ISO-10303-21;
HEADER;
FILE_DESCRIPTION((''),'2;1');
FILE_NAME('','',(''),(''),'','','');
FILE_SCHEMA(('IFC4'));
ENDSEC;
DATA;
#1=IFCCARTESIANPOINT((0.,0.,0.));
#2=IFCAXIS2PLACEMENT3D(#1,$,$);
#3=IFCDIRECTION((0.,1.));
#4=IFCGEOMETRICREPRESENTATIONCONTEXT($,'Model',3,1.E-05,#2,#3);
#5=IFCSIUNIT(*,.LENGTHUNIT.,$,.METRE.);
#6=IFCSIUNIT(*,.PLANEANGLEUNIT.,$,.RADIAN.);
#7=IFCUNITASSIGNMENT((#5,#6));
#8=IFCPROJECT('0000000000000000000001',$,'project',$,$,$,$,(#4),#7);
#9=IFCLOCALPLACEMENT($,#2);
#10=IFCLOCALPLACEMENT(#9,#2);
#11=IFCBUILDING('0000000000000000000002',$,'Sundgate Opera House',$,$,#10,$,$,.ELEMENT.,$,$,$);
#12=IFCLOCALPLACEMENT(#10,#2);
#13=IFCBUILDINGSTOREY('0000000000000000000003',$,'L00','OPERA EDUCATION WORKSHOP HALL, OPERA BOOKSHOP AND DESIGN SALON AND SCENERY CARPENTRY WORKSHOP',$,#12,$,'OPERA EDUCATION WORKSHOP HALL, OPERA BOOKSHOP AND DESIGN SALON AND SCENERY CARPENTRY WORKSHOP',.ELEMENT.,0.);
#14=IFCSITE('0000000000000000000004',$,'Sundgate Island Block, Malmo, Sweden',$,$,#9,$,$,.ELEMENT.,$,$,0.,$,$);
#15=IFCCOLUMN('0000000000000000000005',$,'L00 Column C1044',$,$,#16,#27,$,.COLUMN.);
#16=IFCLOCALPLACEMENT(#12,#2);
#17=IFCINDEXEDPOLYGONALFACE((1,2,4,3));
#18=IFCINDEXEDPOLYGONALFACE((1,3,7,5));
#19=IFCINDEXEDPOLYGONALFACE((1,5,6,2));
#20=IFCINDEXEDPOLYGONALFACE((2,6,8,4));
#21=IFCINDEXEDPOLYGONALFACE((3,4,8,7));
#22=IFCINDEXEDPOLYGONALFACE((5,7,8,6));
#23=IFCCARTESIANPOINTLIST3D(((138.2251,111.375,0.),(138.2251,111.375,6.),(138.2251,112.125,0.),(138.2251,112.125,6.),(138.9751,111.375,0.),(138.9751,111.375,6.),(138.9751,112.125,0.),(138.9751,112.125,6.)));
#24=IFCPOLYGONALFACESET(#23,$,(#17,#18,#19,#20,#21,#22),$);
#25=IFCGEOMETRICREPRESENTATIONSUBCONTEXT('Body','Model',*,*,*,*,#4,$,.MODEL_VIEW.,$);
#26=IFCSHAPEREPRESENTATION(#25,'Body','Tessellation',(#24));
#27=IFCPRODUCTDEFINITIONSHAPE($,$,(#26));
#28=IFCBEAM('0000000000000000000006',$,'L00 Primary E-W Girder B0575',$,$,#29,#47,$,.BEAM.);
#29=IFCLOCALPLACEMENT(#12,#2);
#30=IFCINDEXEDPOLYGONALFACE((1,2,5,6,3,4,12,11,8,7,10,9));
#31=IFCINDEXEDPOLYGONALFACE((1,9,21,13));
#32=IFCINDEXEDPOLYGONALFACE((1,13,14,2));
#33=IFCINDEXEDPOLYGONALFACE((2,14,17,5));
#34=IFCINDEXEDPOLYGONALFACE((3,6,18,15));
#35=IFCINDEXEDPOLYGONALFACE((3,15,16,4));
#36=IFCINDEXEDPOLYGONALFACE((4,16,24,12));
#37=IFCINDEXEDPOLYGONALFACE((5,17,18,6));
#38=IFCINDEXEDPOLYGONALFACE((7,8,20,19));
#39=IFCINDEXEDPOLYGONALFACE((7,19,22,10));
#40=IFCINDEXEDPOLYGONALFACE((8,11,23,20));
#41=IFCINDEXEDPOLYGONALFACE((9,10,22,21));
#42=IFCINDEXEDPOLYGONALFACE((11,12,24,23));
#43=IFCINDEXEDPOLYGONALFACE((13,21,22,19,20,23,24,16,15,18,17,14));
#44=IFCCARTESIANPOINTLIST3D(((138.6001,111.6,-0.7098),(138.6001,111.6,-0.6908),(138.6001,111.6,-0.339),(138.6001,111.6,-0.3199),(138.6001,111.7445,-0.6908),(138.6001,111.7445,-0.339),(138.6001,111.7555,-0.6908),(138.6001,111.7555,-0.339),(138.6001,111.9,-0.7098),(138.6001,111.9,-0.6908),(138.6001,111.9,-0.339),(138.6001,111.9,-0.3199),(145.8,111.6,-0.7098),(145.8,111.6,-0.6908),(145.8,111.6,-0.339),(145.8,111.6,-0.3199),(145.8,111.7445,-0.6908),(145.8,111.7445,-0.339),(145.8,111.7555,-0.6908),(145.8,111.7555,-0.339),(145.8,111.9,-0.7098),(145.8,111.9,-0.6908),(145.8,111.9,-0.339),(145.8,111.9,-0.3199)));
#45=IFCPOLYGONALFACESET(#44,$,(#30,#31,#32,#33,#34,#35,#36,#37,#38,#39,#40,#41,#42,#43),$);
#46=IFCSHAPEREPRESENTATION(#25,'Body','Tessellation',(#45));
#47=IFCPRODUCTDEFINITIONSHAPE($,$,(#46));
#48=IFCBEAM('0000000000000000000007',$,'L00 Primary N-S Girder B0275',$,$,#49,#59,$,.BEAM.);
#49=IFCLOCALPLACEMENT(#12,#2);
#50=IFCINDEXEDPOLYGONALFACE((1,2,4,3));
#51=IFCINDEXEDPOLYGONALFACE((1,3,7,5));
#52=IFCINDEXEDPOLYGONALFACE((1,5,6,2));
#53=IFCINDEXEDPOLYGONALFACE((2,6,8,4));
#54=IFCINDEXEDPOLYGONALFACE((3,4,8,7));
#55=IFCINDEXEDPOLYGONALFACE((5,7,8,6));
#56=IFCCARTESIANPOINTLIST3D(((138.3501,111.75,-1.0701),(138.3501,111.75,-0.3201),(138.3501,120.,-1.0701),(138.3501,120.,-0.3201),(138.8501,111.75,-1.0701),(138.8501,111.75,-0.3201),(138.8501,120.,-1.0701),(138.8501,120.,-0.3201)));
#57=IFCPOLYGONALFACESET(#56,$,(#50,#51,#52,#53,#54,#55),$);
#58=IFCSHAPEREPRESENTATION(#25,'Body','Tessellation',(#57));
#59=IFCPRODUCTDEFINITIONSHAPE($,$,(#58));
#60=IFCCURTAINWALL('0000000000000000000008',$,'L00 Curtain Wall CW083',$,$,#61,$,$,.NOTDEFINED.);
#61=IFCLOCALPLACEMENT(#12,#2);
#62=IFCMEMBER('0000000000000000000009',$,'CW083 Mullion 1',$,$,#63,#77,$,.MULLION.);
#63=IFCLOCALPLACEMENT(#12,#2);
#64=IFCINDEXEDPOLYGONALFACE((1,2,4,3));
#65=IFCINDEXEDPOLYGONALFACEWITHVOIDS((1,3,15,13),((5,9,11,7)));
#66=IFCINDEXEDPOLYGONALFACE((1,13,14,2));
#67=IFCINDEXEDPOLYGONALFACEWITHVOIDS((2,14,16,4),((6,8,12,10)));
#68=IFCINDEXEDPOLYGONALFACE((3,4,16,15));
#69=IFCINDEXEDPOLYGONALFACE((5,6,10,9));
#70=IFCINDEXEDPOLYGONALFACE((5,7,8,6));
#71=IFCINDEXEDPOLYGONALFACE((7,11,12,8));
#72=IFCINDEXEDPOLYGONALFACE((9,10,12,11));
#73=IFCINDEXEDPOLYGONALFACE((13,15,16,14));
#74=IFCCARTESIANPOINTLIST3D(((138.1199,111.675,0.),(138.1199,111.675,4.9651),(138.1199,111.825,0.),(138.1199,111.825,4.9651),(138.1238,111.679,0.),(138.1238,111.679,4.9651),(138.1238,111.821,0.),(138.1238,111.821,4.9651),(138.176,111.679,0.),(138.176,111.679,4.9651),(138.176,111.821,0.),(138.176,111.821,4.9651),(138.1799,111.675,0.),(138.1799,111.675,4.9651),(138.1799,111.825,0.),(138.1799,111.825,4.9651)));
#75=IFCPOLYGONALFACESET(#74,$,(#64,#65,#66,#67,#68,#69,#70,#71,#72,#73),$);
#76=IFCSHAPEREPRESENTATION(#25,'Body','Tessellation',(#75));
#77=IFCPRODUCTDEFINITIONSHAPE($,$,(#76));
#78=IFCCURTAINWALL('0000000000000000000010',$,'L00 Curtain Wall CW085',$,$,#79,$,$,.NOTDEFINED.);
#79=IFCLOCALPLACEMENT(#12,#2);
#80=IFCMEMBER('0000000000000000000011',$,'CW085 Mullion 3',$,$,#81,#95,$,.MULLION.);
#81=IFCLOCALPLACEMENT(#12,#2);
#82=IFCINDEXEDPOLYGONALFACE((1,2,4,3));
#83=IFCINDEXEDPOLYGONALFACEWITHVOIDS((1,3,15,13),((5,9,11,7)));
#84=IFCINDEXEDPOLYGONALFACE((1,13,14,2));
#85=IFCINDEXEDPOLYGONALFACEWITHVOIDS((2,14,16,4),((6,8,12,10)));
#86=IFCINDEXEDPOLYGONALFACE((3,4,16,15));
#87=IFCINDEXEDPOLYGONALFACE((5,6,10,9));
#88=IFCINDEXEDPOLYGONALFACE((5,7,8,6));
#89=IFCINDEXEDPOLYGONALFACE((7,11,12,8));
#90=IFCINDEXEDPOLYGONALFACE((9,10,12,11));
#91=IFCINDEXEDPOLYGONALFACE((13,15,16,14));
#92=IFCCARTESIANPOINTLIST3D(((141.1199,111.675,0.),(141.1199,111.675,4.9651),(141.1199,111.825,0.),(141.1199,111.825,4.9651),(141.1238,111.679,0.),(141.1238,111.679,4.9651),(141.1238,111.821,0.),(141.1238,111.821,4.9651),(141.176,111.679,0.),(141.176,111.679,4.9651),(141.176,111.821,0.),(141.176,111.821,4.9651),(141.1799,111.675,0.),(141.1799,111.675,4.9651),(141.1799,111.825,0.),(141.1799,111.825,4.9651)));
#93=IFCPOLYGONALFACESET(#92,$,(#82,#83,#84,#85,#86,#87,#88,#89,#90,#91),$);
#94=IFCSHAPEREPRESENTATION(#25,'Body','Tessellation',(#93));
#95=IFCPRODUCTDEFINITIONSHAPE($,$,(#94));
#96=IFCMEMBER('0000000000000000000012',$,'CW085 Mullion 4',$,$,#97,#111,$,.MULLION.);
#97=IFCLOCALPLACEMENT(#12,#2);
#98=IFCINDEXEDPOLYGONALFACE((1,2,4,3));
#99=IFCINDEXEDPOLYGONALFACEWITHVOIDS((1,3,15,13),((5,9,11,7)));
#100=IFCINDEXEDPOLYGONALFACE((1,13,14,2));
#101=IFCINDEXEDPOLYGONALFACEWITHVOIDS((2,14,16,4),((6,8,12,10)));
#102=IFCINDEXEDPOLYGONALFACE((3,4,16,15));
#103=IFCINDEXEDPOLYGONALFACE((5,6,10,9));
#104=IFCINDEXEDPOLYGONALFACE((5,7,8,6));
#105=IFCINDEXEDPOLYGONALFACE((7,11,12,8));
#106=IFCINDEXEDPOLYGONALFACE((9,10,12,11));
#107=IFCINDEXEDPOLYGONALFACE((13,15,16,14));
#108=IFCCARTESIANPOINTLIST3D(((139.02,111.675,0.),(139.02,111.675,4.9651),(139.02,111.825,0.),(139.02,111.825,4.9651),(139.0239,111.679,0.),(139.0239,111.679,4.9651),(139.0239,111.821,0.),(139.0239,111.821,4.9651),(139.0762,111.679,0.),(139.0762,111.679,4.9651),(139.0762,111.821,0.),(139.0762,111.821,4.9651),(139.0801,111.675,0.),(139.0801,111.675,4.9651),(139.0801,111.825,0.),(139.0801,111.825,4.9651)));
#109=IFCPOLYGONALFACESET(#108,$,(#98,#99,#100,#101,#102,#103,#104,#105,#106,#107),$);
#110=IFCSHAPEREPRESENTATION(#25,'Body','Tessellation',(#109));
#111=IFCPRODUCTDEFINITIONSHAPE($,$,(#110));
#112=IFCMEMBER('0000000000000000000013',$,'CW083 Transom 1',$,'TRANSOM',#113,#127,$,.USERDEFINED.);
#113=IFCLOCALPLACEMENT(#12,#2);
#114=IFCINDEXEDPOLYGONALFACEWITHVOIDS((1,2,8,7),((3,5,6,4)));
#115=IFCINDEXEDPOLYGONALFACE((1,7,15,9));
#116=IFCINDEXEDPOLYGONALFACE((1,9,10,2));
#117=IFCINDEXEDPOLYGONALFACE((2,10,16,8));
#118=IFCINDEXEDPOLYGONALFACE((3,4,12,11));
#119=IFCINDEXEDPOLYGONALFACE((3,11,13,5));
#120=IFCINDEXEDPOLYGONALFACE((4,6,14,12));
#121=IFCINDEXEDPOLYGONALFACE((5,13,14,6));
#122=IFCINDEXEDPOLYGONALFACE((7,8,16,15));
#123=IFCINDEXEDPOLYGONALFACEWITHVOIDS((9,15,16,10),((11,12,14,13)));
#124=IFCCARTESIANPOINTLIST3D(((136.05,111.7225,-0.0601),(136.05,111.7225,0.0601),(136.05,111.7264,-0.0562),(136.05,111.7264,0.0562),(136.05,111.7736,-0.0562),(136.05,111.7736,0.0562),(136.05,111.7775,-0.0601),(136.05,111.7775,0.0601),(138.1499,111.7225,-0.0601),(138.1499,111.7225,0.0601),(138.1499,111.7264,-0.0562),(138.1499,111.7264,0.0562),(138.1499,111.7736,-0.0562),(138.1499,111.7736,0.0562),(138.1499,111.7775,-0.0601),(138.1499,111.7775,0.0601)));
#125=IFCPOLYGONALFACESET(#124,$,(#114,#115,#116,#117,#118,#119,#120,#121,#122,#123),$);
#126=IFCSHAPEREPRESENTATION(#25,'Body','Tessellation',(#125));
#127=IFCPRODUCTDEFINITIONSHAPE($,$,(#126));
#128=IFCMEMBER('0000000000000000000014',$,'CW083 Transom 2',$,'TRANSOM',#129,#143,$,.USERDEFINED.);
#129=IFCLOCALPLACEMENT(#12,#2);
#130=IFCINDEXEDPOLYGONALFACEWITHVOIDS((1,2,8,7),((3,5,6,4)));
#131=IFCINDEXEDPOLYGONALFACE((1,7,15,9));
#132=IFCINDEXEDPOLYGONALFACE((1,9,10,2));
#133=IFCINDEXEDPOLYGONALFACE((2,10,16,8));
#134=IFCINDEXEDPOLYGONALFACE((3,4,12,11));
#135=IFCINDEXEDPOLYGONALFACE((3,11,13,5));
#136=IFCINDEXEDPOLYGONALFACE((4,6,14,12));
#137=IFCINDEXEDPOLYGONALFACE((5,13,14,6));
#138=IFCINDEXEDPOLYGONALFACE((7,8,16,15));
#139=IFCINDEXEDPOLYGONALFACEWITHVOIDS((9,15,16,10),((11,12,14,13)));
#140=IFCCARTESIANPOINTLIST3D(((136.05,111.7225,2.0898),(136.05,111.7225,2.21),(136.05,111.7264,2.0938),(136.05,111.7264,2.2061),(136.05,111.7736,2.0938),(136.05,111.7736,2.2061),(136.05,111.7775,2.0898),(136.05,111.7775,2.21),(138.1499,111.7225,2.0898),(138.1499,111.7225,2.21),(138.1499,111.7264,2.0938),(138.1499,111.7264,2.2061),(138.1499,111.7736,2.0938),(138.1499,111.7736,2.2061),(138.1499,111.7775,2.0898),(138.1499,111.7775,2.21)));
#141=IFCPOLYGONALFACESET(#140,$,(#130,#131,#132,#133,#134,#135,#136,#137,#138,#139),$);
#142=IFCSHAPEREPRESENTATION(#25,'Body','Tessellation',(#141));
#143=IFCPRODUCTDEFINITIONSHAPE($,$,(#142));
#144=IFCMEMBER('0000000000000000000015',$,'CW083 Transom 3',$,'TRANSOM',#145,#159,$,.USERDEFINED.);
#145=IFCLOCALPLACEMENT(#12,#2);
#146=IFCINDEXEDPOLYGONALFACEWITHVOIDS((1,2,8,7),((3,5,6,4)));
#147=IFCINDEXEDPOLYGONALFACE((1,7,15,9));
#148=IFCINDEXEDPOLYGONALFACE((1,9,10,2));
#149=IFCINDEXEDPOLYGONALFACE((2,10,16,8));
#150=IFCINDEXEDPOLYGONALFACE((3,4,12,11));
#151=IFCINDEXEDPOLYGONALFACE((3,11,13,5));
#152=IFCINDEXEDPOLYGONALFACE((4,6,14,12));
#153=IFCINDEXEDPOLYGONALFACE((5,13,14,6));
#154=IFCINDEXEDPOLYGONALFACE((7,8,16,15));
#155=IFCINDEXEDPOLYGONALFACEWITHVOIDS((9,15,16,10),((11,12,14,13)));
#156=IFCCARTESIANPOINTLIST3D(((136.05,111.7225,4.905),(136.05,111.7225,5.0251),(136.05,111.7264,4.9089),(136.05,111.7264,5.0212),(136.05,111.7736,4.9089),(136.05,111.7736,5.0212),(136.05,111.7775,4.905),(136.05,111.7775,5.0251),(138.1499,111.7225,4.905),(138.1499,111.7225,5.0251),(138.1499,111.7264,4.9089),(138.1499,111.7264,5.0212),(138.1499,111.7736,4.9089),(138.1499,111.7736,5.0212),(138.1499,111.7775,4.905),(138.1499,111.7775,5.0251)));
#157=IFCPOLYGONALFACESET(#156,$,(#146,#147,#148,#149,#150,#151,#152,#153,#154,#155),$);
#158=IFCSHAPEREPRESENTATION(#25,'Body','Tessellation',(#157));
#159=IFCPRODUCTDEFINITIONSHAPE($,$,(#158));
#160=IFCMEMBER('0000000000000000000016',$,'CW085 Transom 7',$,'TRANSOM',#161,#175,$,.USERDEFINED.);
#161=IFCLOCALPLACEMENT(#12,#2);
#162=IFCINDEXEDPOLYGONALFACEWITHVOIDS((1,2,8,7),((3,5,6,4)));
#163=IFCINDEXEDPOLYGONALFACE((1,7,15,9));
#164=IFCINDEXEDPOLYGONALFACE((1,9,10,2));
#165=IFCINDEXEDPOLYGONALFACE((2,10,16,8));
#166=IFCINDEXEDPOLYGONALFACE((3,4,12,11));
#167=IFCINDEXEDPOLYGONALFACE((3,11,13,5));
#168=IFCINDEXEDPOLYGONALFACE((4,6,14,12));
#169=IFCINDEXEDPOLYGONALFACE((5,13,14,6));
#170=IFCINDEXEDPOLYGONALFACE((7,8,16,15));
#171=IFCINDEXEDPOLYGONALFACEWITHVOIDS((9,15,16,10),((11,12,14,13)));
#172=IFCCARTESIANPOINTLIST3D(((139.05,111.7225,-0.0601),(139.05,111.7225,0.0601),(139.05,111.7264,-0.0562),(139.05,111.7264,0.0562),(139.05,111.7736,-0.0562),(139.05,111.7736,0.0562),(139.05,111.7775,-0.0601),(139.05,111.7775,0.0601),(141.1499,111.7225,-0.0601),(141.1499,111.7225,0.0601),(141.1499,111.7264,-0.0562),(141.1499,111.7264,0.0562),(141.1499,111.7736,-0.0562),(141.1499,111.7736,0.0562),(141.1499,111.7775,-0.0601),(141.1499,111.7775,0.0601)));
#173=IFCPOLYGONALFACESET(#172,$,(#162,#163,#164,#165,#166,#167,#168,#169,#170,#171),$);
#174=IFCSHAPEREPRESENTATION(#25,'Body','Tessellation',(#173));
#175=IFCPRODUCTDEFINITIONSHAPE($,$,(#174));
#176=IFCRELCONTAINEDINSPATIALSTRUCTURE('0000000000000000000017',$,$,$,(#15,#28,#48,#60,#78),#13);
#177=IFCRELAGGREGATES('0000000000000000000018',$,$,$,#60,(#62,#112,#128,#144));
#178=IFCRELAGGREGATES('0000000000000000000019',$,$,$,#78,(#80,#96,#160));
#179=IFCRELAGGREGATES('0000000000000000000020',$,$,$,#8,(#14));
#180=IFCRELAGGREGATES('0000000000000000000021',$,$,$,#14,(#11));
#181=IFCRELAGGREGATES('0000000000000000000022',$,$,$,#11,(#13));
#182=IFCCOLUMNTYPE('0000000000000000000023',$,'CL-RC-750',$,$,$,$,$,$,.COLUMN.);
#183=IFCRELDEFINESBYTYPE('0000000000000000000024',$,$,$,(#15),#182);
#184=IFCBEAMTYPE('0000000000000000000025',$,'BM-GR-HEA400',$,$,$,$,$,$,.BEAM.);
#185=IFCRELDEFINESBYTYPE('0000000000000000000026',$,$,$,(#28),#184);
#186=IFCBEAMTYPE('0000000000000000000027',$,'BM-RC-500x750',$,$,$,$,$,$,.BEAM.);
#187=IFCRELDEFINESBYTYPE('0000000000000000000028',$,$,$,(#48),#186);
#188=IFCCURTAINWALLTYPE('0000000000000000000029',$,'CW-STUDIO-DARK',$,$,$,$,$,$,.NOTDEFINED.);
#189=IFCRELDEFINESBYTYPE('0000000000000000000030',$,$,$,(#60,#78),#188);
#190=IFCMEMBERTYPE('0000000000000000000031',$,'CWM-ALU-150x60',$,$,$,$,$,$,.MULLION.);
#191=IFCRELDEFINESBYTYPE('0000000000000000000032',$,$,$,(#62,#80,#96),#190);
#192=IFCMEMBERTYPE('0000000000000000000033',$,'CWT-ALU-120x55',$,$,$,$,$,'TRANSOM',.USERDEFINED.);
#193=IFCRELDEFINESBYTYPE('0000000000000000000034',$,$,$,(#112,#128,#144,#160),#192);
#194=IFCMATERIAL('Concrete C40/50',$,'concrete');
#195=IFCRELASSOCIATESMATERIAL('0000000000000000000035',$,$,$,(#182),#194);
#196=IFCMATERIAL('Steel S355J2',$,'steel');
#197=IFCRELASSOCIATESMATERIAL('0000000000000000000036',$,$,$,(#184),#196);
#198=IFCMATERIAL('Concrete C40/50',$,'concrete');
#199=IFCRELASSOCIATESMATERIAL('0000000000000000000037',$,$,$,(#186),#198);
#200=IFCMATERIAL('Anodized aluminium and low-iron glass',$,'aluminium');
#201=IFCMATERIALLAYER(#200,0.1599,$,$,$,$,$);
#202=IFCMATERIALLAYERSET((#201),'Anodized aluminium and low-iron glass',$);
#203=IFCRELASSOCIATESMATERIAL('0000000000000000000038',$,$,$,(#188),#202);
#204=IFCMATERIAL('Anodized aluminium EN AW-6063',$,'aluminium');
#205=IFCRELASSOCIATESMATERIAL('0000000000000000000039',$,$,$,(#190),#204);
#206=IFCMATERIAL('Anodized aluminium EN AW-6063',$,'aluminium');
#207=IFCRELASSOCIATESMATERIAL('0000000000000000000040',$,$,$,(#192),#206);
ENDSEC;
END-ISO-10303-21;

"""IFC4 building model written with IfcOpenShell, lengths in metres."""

from ifc_helpers import new_model, si_unit, direction, frame, origin, origin_2d, place, context, subcontext, project, spatial, rectangle, hollow_rectangle, i_section, extrude, material, layer, layer_set, material_profile, profile_set, type_object, element, aggregate, save


model = new_model("IFC4")

# Units and contexts
model_context = context("Model", 3, precision=1e-05, world=origin(), true_north=direction((0.0, 1.0)))
body_context = subcontext(model_context, "Body", "Model", "MODEL_VIEW")
ifc_project = project(units=[si_unit("LENGTHUNIT", "METRE"), si_unit("PLANEANGLEUNIT", "RADIAN")], contexts=[model_context])

# Site, building, storey
site_placement = place(None, origin())
site = spatial("IfcSite", under=ifc_project, at=site_placement, Name="Sundgate Island Block, Malmo, Sweden", CompositionType="ELEMENT", RefElevation=0.0)
building_placement = place(site_placement, origin())
building = spatial("IfcBuilding", under=site, at=building_placement, Name="Sundgate Opera House", CompositionType="ELEMENT")
storey_placement = place(building_placement, origin())
storey = spatial("IfcBuildingStorey", under=building, at=storey_placement, Name="L00", Description="OPERA EDUCATION WORKSHOP HALL, OPERA BOOKSHOP AND DESIGN SALON AND SCENERY CARPENTRY WORKSHOP", LongName="OPERA EDUCATION WORKSHOP HALL, OPERA BOOKSHOP AND DESIGN SALON AND SCENERY CARPENTRY WORKSHOP", CompositionType="ELEMENT", Elevation=0.0)

# Column
ifc_material_1 = material(Name="Concrete C40/50", Category="concrete")
ifc_material_profile_1 = material_profile(ifc_material_1, rectangle(XDim=0.75, YDim=0.75, at=origin_2d()), Name="RC 750x750")
ifc_profile_set_1 = profile_set([ifc_material_profile_1], Name="Concrete C40/50")
column_type = type_object("IfcColumnType", Name="CL-RC-750", PredefinedType="COLUMN", material=ifc_profile_set_1)
column_placement = place(storey_placement, frame((138.6001, 111.75, 0.0), z_axis=(0.0, 0.0, 1.0), x_axis=(1.0, 0.0, 0.0)))
element("IfcColumn", 1, at=column_placement, inside=storey, type_object=column_type, Name="L00 Column C1044", PredefinedType="COLUMN", context=body_context, shape_type="SweptSolid", body=[
    extrude(rectangle(XDim=0.75, YDim=0.75, at=origin_2d()), origin(), (0.0, 0.0, 1.0), 6.0),
])

# Beams
ifc_material_2 = material(Name="Steel S355J2", Category="steel")
ifc_material_profile_2 = material_profile(ifc_material_2, i_section(OverallWidth=0.3, OverallDepth=0.3899, WebThickness=0.011, FlangeThickness=0.019, at=origin_2d()), Name="HEA 400")
ifc_profile_set_2 = profile_set([ifc_material_profile_2], Name="Steel S355J2")
beam_type_1 = type_object("IfcBeamType", Name="BM-GR-HEA400", PredefinedType="BEAM", material=ifc_profile_set_2)
beam_1_placement = place(storey_placement, frame((138.6001, 111.75, -0.5149), z_axis=(1.0, 0.0, 0.0), x_axis=(0.0, 1.0, 0.0)))
element("IfcBeam", 2, at=beam_1_placement, inside=storey, type_object=beam_type_1, Name="L00 Primary E-W Girder B0575", PredefinedType="BEAM", context=body_context, shape_type="SweptSolid", body=[
    extrude(i_section(OverallWidth=0.3, OverallDepth=0.3899, WebThickness=0.011, FlangeThickness=0.019, at=origin_2d()), origin(), (0.0, 0.0, 1.0), 7.2),
])
ifc_material_3 = material(Name="Concrete C40/50", Category="concrete")
ifc_material_profile_3 = material_profile(ifc_material_3, rectangle(XDim=0.5, YDim=0.75, at=origin_2d()), Name="RC 500x750")
ifc_profile_set_3 = profile_set([ifc_material_profile_3], Name="Concrete C40/50")
beam_type_2 = type_object("IfcBeamType", Name="BM-RC-500x750", PredefinedType="BEAM", material=ifc_profile_set_3)
beam_2_placement = place(storey_placement, frame((138.6001, 111.75, -0.6951), z_axis=(0.0, 1.0, 0.0), x_axis=(-1.0, 0.0, 0.0)))
element("IfcBeam", 3, at=beam_2_placement, inside=storey, type_object=beam_type_2, Name="L00 Primary N-S Girder B0275", PredefinedType="BEAM", context=body_context, shape_type="SweptSolid", body=[
    extrude(rectangle(XDim=0.5, YDim=0.75, at=origin_2d()), origin(), (0.0, 0.0, 1.0), 8.25),
])

# Curtain wall, member
ifc_material_4 = material(Name="Anodized aluminium and low-iron glass", Category="aluminium")
ifc_layer_1 = layer(ifc_material_4, 0.1599)
ifc_layer_set_1 = layer_set([ifc_layer_1], Name="Anodized aluminium and low-iron glass")
curtain_wall_type = type_object("IfcCurtainWallType", Name="CW-STUDIO-DARK", PredefinedType="NOTDEFINED", material=ifc_layer_set_1)
curtain_wall_1_placement = place(storey_placement, origin())
curtain_wall_1 = element("IfcCurtainWall", 4, at=curtain_wall_1_placement, inside=storey, type_object=curtain_wall_type, Name="L00 Curtain Wall CW083", PredefinedType="NOTDEFINED")
ifc_material_5 = material(Name="Anodized aluminium EN AW-6063", Category="aluminium")
ifc_material_profile_4 = material_profile(ifc_material_5, hollow_rectangle(XDim=0.0601, YDim=0.1499, WallThickness=0.0039, at=origin_2d()), Name="CWM 150x60x4")
ifc_profile_set_4 = profile_set([ifc_material_profile_4], Name="Anodized aluminium EN AW-6063")
member_type_1 = type_object("IfcMemberType", Name="CWM-ALU-150x60", PredefinedType="MULLION", material=ifc_profile_set_4)
member_1_placement = place(storey_placement, frame((138.1499, 111.75, 0.0), z_axis=(0.0, 0.0, 1.0), x_axis=(1.0, 0.0, 0.0)))
member_1 = element("IfcMember", 5, at=member_1_placement, type_object=member_type_1, Name="CW083 Mullion 1", PredefinedType="MULLION", context=body_context, shape_type="SweptSolid", body=[
    extrude(hollow_rectangle(XDim=0.0601, YDim=0.1499, WallThickness=0.0039, at=origin_2d()), origin(), (0.0, 0.0, 1.0), 4.9651),
])

# Curtain wall, members
curtain_wall_2_placement = place(storey_placement, origin())
curtain_wall_2 = element("IfcCurtainWall", 6, at=curtain_wall_2_placement, inside=storey, type_object=curtain_wall_type, Name="L00 Curtain Wall CW085", PredefinedType="NOTDEFINED")
member_2_placement = place(storey_placement, frame((141.1499, 111.75, 0.0), z_axis=(0.0, 0.0, 1.0), x_axis=(1.0, 0.0, 0.0)))
member_2 = element("IfcMember", 7, at=member_2_placement, type_object=member_type_1, Name="CW085 Mullion 3", PredefinedType="MULLION", context=body_context, shape_type="SweptSolid", body=[
    extrude(hollow_rectangle(XDim=0.0601, YDim=0.1499, WallThickness=0.0039, at=origin_2d()), origin(), (0.0, 0.0, 1.0), 4.9651),
])
member_3_placement = place(storey_placement, frame((139.05, 111.75, 0.0), z_axis=(0.0, 0.0, 1.0), x_axis=(1.0, 0.0, 0.0)))
member_3 = element("IfcMember", 8, at=member_3_placement, type_object=member_type_1, Name="CW085 Mullion 4", PredefinedType="MULLION", context=body_context, shape_type="SweptSolid", body=[
    extrude(hollow_rectangle(XDim=0.0601, YDim=0.1499, WallThickness=0.0039, at=origin_2d()), origin(), (0.0, 0.0, 1.0), 4.9651),
])

# Members
ifc_material_6 = material(Name="Anodized aluminium EN AW-6063", Category="aluminium")
ifc_material_profile_5 = material_profile(ifc_material_6, hollow_rectangle(XDim=0.0549, YDim=0.1201, WallThickness=0.0039, at=origin_2d()), Name="CWT 120x55x4")
ifc_profile_set_5 = profile_set([ifc_material_profile_5], Name="Anodized aluminium EN AW-6063")
member_type_2 = type_object("IfcMemberType", Name="CWT-ALU-120x55", ElementType="TRANSOM", PredefinedType="USERDEFINED", material=ifc_profile_set_5)
member_4_placement = place(storey_placement, frame((138.1499, 111.75, 0.0), z_axis=(-1.0, 0.0, 0.0), x_axis=(0.0, -1.0, 0.0)))
member_4 = element("IfcMember", 9, at=member_4_placement, type_object=member_type_2, Name="CW083 Transom 1", ObjectType="TRANSOM", PredefinedType="USERDEFINED", context=body_context, shape_type="SweptSolid", body=[
    extrude(hollow_rectangle(XDim=0.0549, YDim=0.1201, WallThickness=0.0039, at=origin_2d()), origin(), (0.0, 0.0, 1.0), 2.0999),
])
member_5_placement = place(storey_placement, frame((138.1499, 111.75, 2.1499), z_axis=(-1.0, 0.0, 0.0), x_axis=(0.0, -1.0, 0.0)))
member_5 = element("IfcMember", 10, at=member_5_placement, type_object=member_type_2, Name="CW083 Transom 2", ObjectType="TRANSOM", PredefinedType="USERDEFINED", context=body_context, shape_type="SweptSolid", body=[
    extrude(hollow_rectangle(XDim=0.0549, YDim=0.1201, WallThickness=0.0039, at=origin_2d()), origin(), (0.0, 0.0, 1.0), 2.0999),
])
member_6_placement = place(storey_placement, frame((138.1499, 111.75, 4.9651), z_axis=(-1.0, 0.0, 0.0), x_axis=(0.0, -1.0, 0.0)))
member_6 = element("IfcMember", 11, at=member_6_placement, type_object=member_type_2, Name="CW083 Transom 3", ObjectType="TRANSOM", PredefinedType="USERDEFINED", context=body_context, shape_type="SweptSolid", body=[
    extrude(hollow_rectangle(XDim=0.0549, YDim=0.1201, WallThickness=0.0039, at=origin_2d()), origin(), (0.0, 0.0, 1.0), 2.0999),
])
member_7_placement = place(storey_placement, frame((141.1499, 111.75, 0.0), z_axis=(-1.0, 0.0, 0.0), x_axis=(0.0, -1.0, 0.0)))
member_7 = element("IfcMember", 12, at=member_7_placement, type_object=member_type_2, Name="CW085 Transom 7", ObjectType="TRANSOM", PredefinedType="USERDEFINED", context=body_context, shape_type="SweptSolid", body=[
    extrude(hollow_rectangle(XDim=0.0549, YDim=0.1201, WallThickness=0.0039, at=origin_2d()), origin(), (0.0, 0.0, 1.0), 2.0999),
])

aggregate(curtain_wall_1, [member_1, member_4, member_5, member_6])
aggregate(curtain_wall_2, [member_2, member_3, member_7])

save(model, "model.ifc")
